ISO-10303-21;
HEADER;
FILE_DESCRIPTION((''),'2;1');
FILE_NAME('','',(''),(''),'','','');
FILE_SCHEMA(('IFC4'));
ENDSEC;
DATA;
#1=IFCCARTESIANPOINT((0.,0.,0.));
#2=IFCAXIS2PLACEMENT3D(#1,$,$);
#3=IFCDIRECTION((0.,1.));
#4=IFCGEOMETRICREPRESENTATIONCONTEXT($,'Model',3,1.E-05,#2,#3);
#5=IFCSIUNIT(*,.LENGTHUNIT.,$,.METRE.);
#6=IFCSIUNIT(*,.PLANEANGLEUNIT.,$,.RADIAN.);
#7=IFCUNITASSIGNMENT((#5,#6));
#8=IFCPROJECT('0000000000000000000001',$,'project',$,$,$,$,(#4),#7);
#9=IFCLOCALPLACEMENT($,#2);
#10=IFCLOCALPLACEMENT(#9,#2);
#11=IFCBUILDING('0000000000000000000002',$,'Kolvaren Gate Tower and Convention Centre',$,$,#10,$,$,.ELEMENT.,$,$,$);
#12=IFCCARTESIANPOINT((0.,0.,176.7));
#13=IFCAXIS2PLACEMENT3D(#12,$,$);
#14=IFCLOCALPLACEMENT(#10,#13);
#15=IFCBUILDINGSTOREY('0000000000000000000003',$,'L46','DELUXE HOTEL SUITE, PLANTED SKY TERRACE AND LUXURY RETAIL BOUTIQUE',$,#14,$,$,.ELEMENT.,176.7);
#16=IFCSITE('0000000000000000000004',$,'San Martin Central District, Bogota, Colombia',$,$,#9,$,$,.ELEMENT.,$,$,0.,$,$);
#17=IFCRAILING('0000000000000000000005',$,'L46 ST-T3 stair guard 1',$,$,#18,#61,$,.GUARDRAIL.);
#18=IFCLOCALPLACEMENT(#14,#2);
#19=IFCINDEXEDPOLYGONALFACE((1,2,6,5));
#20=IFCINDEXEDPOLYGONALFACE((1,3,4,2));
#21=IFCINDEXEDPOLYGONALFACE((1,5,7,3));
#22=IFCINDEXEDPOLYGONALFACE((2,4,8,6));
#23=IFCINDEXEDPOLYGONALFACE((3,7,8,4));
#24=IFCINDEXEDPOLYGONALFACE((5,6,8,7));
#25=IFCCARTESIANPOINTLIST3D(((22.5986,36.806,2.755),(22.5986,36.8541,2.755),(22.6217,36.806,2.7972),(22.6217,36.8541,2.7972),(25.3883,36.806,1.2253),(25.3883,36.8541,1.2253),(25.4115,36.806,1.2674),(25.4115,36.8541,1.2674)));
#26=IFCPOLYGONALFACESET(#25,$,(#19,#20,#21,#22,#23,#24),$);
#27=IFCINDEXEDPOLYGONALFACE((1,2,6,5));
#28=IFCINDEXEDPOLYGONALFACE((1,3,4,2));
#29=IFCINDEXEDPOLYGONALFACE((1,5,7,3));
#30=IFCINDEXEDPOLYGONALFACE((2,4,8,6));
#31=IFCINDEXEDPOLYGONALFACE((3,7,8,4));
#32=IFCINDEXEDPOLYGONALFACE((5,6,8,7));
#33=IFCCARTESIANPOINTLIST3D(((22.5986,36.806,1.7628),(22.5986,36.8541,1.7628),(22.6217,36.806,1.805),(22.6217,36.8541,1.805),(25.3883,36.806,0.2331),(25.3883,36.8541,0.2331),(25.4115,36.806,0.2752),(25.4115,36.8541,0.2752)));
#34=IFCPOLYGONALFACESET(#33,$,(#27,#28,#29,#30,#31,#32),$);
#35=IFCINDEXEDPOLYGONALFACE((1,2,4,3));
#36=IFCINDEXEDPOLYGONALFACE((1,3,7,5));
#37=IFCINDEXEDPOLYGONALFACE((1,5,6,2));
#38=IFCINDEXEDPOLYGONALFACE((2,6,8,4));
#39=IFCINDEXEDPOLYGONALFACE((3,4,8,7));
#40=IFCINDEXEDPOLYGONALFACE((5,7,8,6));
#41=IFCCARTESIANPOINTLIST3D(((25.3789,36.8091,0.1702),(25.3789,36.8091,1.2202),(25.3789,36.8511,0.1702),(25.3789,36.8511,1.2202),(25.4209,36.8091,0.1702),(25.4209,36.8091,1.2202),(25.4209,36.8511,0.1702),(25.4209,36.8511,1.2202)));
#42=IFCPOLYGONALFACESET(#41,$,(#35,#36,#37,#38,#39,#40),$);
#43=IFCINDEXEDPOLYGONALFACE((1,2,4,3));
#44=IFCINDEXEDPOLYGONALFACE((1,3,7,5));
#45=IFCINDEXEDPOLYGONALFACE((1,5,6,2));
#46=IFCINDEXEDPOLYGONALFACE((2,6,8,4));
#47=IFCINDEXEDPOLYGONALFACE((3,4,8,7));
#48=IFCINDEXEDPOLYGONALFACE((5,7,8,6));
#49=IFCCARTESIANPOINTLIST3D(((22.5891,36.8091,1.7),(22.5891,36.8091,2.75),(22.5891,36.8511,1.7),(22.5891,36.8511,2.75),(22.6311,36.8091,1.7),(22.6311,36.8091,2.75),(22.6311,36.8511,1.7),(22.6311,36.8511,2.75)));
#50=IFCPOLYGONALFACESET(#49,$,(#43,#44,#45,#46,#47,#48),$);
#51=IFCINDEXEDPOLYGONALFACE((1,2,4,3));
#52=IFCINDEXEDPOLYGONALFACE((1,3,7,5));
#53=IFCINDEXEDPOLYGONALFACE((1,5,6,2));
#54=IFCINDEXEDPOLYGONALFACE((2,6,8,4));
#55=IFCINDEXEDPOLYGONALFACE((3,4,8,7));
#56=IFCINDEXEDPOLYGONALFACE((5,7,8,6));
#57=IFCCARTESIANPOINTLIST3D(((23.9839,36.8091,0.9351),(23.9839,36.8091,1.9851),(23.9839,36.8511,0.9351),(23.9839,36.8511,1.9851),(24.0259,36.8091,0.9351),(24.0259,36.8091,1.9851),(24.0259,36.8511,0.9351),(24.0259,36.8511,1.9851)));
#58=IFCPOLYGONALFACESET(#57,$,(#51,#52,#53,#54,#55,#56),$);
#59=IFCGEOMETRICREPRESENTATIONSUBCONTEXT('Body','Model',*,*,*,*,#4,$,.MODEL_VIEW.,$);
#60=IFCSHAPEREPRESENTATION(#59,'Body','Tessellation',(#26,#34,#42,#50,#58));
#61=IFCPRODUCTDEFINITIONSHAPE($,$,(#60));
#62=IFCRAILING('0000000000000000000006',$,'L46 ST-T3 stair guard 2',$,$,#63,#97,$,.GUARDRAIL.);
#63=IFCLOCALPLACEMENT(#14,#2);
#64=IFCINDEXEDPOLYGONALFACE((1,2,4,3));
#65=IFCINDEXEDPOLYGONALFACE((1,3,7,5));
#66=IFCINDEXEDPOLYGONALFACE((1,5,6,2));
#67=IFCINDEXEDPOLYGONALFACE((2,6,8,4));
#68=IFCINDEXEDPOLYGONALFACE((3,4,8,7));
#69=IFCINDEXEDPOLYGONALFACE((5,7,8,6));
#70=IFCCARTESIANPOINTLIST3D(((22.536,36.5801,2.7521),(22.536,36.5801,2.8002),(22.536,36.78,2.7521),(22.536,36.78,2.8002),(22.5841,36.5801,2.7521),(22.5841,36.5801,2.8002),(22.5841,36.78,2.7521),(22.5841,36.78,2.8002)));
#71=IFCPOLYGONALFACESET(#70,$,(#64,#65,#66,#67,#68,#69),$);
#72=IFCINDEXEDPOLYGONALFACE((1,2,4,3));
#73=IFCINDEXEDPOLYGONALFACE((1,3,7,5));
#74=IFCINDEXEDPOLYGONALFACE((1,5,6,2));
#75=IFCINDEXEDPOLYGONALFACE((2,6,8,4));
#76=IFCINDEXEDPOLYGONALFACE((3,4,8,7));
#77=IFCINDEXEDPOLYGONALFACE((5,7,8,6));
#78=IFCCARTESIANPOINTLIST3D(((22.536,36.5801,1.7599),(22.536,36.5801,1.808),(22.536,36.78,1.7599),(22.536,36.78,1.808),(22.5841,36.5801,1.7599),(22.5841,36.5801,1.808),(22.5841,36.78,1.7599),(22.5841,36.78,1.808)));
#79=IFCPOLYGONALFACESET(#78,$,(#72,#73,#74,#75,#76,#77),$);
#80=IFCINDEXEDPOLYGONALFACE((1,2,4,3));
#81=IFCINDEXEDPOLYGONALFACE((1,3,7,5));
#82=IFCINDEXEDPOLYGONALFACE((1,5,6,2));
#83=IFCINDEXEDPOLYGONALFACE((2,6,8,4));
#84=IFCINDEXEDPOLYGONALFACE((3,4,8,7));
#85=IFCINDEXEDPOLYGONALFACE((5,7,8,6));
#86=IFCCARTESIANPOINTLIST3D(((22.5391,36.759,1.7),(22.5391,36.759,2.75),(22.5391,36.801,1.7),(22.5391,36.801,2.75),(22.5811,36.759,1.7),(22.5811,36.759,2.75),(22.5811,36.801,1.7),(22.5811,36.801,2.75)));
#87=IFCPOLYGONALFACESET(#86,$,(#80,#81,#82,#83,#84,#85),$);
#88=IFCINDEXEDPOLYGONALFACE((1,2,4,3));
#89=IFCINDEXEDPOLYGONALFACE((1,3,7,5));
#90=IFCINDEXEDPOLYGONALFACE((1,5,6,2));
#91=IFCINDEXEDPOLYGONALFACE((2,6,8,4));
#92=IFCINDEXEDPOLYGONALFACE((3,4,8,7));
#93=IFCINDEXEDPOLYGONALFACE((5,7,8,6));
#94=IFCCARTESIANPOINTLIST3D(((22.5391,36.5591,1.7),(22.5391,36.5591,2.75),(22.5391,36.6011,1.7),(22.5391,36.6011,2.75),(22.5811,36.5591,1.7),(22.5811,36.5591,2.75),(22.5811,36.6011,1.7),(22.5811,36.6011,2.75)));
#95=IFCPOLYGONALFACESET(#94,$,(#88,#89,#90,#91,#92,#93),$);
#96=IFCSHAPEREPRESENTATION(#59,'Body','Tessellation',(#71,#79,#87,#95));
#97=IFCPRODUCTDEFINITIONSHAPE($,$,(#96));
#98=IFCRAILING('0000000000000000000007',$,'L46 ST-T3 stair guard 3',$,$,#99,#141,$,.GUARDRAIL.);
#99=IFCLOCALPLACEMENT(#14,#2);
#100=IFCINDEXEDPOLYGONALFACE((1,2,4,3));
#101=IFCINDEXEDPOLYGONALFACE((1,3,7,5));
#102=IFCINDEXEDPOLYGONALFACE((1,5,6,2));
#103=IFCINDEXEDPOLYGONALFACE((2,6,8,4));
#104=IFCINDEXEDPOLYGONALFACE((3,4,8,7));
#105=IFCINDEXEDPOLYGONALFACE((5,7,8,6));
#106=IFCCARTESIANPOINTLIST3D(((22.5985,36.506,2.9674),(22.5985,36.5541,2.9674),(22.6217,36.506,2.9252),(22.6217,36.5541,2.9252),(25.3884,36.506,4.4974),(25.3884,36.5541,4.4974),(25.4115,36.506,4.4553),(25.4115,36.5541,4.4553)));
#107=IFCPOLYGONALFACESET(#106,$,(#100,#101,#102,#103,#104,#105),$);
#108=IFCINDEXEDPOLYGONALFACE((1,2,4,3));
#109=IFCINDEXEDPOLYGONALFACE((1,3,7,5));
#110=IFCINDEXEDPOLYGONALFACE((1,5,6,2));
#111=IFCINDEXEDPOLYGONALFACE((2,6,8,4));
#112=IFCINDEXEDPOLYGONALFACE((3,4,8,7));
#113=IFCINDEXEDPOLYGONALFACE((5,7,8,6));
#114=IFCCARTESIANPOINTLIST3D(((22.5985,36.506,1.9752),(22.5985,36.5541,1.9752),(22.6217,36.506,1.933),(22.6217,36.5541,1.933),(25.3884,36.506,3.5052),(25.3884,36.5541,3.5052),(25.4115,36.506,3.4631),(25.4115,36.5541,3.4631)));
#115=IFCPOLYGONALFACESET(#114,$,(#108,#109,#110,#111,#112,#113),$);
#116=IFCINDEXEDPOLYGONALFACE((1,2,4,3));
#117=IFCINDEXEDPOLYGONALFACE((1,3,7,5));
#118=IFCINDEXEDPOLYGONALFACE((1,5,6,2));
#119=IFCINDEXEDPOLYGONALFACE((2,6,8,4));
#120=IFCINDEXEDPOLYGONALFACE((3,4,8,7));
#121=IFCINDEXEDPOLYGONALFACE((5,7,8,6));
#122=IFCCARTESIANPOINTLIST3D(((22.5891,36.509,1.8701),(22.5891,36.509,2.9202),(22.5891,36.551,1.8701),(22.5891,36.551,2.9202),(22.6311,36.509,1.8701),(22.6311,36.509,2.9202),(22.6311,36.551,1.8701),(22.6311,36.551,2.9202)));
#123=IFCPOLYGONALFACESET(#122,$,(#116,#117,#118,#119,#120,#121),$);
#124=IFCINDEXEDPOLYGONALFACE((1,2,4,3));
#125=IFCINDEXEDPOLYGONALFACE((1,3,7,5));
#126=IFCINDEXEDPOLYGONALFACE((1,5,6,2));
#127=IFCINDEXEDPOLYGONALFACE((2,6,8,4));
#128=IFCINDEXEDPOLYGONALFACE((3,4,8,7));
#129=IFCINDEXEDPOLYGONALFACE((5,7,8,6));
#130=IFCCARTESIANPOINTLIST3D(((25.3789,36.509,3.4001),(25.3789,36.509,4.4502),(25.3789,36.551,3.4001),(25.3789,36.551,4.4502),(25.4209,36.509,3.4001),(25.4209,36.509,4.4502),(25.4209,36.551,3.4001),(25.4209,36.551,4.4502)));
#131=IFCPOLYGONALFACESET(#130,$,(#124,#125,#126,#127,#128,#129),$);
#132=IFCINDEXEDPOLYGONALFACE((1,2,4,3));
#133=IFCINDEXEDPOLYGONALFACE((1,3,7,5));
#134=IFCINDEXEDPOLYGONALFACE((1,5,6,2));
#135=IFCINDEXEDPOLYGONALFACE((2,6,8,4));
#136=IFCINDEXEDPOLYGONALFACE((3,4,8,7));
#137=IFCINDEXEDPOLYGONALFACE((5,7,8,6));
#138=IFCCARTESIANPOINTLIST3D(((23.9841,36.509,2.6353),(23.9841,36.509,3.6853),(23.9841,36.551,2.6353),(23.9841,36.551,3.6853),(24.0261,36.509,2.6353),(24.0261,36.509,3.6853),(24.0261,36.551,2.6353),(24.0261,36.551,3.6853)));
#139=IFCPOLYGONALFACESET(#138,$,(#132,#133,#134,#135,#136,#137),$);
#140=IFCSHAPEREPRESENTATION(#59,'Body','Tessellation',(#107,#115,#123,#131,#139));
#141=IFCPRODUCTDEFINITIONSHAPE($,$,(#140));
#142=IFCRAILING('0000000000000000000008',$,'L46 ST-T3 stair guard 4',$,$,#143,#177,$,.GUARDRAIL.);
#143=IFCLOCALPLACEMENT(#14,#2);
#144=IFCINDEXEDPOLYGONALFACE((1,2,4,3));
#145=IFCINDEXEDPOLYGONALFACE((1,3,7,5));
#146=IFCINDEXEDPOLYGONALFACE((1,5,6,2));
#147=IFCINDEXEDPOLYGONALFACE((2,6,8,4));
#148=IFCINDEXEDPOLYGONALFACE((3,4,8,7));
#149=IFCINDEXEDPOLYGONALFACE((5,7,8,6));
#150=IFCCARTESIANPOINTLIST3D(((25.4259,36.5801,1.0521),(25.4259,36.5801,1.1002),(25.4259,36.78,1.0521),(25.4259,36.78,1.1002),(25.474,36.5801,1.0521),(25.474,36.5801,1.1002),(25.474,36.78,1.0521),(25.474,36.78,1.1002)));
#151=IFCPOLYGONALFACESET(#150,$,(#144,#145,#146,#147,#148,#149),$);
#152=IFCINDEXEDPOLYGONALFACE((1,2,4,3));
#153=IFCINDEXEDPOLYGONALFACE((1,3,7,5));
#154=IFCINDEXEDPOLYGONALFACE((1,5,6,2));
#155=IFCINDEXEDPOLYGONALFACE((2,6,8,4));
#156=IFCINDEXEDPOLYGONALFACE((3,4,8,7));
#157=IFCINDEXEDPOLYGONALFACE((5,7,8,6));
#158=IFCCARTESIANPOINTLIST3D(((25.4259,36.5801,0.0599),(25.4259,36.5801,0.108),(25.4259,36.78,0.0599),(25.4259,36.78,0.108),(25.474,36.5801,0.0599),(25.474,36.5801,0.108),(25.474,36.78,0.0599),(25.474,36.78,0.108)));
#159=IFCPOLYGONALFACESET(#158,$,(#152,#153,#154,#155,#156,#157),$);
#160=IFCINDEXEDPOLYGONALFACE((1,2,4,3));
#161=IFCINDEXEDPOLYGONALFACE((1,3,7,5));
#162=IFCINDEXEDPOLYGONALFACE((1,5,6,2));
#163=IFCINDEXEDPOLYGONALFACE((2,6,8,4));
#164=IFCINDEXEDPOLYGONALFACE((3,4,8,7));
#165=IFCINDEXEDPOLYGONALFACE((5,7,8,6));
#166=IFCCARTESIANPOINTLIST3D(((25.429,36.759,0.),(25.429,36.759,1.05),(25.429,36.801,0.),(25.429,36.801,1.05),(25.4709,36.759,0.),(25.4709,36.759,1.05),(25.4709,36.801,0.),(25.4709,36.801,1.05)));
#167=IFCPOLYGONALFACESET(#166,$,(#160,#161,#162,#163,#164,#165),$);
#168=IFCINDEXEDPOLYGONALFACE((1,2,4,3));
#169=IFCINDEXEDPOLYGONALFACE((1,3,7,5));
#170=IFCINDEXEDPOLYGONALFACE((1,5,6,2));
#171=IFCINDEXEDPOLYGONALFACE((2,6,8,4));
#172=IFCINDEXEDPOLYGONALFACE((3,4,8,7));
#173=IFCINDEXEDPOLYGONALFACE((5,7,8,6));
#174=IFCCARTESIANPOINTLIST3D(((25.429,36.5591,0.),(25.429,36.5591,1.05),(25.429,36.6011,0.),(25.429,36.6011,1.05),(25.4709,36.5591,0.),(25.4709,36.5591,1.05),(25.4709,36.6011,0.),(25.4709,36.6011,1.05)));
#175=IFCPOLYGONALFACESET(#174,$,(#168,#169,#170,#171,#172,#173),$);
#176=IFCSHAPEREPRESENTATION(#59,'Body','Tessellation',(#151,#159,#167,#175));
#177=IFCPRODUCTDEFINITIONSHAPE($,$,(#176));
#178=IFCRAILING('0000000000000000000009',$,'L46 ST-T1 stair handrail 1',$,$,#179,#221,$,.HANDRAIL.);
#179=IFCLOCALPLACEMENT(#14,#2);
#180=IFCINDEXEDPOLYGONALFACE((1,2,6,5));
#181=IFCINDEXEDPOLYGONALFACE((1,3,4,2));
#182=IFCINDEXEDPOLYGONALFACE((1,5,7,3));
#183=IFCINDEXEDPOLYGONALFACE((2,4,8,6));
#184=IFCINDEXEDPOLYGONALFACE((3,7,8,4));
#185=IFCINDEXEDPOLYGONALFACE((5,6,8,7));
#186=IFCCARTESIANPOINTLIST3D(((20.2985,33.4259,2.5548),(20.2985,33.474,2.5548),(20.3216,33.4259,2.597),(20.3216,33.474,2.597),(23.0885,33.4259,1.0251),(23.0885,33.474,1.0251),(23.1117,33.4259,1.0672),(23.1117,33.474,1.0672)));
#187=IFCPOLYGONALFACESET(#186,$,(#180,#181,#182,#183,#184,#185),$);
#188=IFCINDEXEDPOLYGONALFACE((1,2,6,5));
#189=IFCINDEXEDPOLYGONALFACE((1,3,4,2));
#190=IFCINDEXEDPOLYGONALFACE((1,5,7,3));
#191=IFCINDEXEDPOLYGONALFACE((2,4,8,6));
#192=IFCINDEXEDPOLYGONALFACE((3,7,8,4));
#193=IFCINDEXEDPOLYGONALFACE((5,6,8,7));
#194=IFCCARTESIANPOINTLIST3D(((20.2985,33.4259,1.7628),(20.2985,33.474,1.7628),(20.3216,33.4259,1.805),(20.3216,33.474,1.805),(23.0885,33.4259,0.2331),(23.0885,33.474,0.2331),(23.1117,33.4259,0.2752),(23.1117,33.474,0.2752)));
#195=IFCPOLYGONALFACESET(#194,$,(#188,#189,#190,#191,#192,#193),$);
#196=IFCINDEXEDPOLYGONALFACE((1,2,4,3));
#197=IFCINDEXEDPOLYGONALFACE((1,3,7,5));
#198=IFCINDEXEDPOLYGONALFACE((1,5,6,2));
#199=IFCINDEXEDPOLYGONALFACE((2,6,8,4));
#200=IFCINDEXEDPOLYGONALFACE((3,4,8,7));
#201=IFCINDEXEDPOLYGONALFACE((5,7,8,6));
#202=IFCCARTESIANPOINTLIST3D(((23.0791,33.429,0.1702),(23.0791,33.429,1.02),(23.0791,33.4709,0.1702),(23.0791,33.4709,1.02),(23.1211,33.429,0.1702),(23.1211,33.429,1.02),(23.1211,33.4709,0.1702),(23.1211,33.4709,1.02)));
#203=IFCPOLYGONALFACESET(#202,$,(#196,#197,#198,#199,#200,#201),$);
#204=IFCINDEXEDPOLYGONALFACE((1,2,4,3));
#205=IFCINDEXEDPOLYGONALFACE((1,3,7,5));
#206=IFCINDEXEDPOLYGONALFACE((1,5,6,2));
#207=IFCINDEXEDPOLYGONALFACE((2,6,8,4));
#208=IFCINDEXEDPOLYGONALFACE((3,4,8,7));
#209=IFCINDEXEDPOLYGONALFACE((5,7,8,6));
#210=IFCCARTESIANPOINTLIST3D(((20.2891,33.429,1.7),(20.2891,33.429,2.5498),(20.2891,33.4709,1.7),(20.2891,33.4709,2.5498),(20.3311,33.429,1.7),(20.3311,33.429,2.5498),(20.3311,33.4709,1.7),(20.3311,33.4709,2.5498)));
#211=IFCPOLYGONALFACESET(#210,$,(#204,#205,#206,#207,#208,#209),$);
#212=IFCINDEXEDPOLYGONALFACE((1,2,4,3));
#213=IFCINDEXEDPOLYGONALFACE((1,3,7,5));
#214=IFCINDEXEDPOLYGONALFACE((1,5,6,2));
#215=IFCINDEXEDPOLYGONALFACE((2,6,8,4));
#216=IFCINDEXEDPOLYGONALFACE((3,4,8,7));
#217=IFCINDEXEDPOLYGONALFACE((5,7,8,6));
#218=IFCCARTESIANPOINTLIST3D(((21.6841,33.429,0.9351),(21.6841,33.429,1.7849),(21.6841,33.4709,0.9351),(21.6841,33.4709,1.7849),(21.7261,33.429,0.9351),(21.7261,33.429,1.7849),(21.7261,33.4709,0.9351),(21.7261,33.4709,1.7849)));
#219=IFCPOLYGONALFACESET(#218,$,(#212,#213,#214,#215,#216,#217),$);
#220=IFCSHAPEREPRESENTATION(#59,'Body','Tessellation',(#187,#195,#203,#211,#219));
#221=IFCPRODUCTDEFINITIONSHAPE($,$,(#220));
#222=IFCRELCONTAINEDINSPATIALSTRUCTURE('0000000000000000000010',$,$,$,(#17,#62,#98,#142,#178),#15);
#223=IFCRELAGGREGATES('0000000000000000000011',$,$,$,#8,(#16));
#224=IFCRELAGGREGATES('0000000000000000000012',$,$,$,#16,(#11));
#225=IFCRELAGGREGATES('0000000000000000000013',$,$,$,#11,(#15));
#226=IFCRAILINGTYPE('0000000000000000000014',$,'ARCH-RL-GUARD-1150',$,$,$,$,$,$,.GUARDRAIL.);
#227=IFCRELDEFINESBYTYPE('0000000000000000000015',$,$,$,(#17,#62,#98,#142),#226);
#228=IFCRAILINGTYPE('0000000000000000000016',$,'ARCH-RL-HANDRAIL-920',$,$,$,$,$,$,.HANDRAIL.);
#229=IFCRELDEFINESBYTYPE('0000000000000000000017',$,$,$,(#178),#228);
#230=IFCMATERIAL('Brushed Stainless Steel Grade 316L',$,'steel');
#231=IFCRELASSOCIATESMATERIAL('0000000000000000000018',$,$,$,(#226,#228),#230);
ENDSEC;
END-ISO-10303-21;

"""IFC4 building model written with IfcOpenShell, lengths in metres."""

from ifc_helpers import new_model, si_unit, direction, frame, origin, origin_2d, place, context, subcontext, project, spatial, rectangle, extrude, material, type_object, element, save


model = new_model("IFC4")

# Units and contexts
model_context = context("Model", 3, precision=1e-05, world=origin(), true_north=direction((0.0, 1.0)))
body_context = subcontext(model_context, "Body", "Model", "MODEL_VIEW")
ifc_project = project(units=[si_unit("LENGTHUNIT", "METRE"), si_unit("PLANEANGLEUNIT", "RADIAN")], contexts=[model_context])

# Site, building, storey
site_placement = place(None, origin())
site = spatial("IfcSite", under=ifc_project, at=site_placement, Name="San Martin Central District, Bogota, Colombia", CompositionType="ELEMENT", RefElevation=0.0)
building_placement = place(site_placement, origin())
building = spatial("IfcBuilding", under=site, at=building_placement, Name="Kolvaren Gate Tower and Convention Centre", CompositionType="ELEMENT")
storey_placement = place(building_placement, frame((0.0, 0.0, 176.7)))
storey = spatial("IfcBuildingStorey", under=building, at=storey_placement, Name="L46", Description="DELUXE HOTEL SUITE, PLANTED SKY TERRACE AND LUXURY RETAIL BOUTIQUE", CompositionType="ELEMENT", Elevation=176.7)

# Railings
ifc_material_1 = material(Name="Brushed Stainless Steel Grade 316L", Category="steel")
railing_type_1 = type_object("IfcRailingType", Name="ARCH-RL-GUARD-1150", PredefinedType="GUARDRAIL", material=ifc_material_1)
railing_1_placement = place(storey_placement, frame((25.3999, 36.8301, 0.1702)))
element("IfcRailing", 1, at=railing_1_placement, inside=storey, type_object=railing_type_1, Name="L46 ST-T3 stair guard 1", PredefinedType="GUARDRAIL", context=body_context, shape_type="SweptSolid", body=[
    extrude(rectangle(XDim=0.0481, YDim=0.0481, at=origin_2d()), frame((0.0, 0.0, 1.0762), z_axis=(-0.876826, 0.0, 0.480808), x_axis=(0.0, -1.0, 0.0)), (0.0, 0.0, 1.0), 3.1816),
    extrude(rectangle(XDim=0.0481, YDim=0.0481, at=origin_2d()), frame((0.0, 0.0, 0.084), z_axis=(-0.876826, 0.0, 0.480808), x_axis=(0.0, -1.0, 0.0)), (0.0, 0.0, 1.0), 3.1816),
    extrude(rectangle(XDim=0.042, YDim=0.042, at=origin_2d()), origin(), (0.0, 0.0, 1.0), 1.05),
    extrude(rectangle(XDim=0.042, YDim=0.042, at=origin_2d()), frame((-2.7898, 0.0, 1.5298)), (0.0, 0.0, 1.0), 1.05),
    extrude(rectangle(XDim=0.042, YDim=0.042, at=origin_2d()), frame((-1.395, 0.0, 0.7649)), (0.0, 0.0, 1.0), 1.05),
])
railing_2_placement = place(storey_placement, frame((22.5601, 36.78, 1.7)))
element("IfcRailing", 2, at=railing_2_placement, inside=storey, type_object=railing_type_1, Name="L46 ST-T3 stair guard 2", PredefinedType="GUARDRAIL", context=body_context, shape_type="SweptSolid", body=[
    extrude(rectangle(XDim=0.0481, YDim=0.0481, at=origin_2d()), frame((0.0, 0.0, 1.0762), z_axis=(0.0, -1.0, 0.0), x_axis=(1.0, 0.0, 0.0)), (0.0, 0.0, 1.0), 0.2),
    extrude(rectangle(XDim=0.0481, YDim=0.0481, at=origin_2d()), frame((0.0, 0.0, 0.084), z_axis=(0.0, -1.0, 0.0), x_axis=(1.0, 0.0, 0.0)), (0.0, 0.0, 1.0), 0.2),
    extrude(rectangle(XDim=0.042, YDim=0.042, at=origin_2d()), origin(), (0.0, 0.0, 1.0), 1.05),
    extrude(rectangle(XDim=0.042, YDim=0.042, at=origin_2d()), frame((0.0, -0.2, 0.0)), (0.0, 0.0, 1.0), 1.05),
])
railing_3_placement = place(storey_placement, frame((22.6101, 36.53, 1.8701)))
element("IfcRailing", 3, at=railing_3_placement, inside=storey, type_object=railing_type_1, Name="L46 ST-T3 stair guard 3", PredefinedType="GUARDRAIL", context=body_context, shape_type="SweptSolid", body=[
    extrude(rectangle(XDim=0.0481, YDim=0.0481, at=origin_2d()), frame((0.0, 0.0, 1.0762), z_axis=(0.876794, 0.0, 0.480867), x_axis=(0.0, 1.0, 0.0)), (0.0, 0.0, 1.0), 3.1819),
    extrude(rectangle(XDim=0.0481, YDim=0.0481, at=origin_2d()), frame((0.0, 0.0, 0.084), z_axis=(0.876794, 0.0, 0.480867), x_axis=(0.0, 1.0, 0.0)), (0.0, 0.0, 1.0), 3.1819),
    extrude(rectangle(XDim=0.042, YDim=0.042, at=origin_2d()), origin(), (0.0, 0.0, 1.0), 1.05),
    extrude(rectangle(XDim=0.042, YDim=0.042, at=origin_2d()), frame((2.7898, 0.0, 1.53)), (0.0, 0.0, 1.0), 1.05),
    extrude(rectangle(XDim=0.042, YDim=0.042, at=origin_2d()), frame((1.395, 0.0, 0.7651)), (0.0, 0.0, 1.0), 1.05),
])
railing_4_placement = place(storey_placement, frame((25.45, 36.78, 0.0)))
element("IfcRailing", 4, at=railing_4_placement, inside=storey, type_object=railing_type_1, Name="L46 ST-T3 stair guard 4", PredefinedType="GUARDRAIL", context=body_context, shape_type="SweptSolid", body=[
    extrude(rectangle(XDim=0.0481, YDim=0.0481, at=origin_2d()), frame((0.0, 0.0, 1.0762), z_axis=(0.0, -1.0, 0.0), x_axis=(1.0, 0.0, 0.0)), (0.0, 0.0, 1.0), 0.2),
    extrude(rectangle(XDim=0.0481, YDim=0.0481, at=origin_2d()), frame((0.0, 0.0, 0.084), z_axis=(0.0, -1.0, 0.0), x_axis=(1.0, 0.0, 0.0)), (0.0, 0.0, 1.0), 0.2),
    extrude(rectangle(XDim=0.042, YDim=0.042, at=origin_2d()), origin(), (0.0, 0.0, 1.0), 1.05),
    extrude(rectangle(XDim=0.042, YDim=0.042, at=origin_2d()), frame((0.0, -0.2, 0.0)), (0.0, 0.0, 1.0), 1.05),
])
railing_type_2 = type_object("IfcRailingType", Name="ARCH-RL-HANDRAIL-920", PredefinedType="HANDRAIL", material=ifc_material_1)
railing_5_placement = place(storey_placement, frame((23.1001, 33.45, 0.1702)))
element("IfcRailing", 5, at=railing_5_placement, inside=storey, type_object=railing_type_2, Name="L46 ST-T1 stair handrail 1", PredefinedType="HANDRAIL", context=body_context, shape_type="SweptSolid", body=[
    extrude(rectangle(XDim=0.0481, YDim=0.0481, at=origin_2d()), frame((0.0, 0.0, 0.876), z_axis=(-0.876844, 0.0, 0.480776), x_axis=(0.0, -1.0, 0.0)), (0.0, 0.0, 1.0), 3.1819),
    extrude(rectangle(XDim=0.0481, YDim=0.0481, at=origin_2d()), frame((0.0, 0.0, 0.084), z_axis=(-0.876844, 0.0, 0.480776), x_axis=(0.0, -1.0, 0.0)), (0.0, 0.0, 1.0), 3.1819),
    extrude(rectangle(XDim=0.042, YDim=0.042, at=origin_2d()), origin(), (0.0, 0.0, 1.0), 0.8499),
    extrude(rectangle(XDim=0.042, YDim=0.042, at=origin_2d()), frame((-2.79, 0.0, 1.5298)), (0.0, 0.0, 1.0), 0.8499),
    extrude(rectangle(XDim=0.042, YDim=0.042, at=origin_2d()), frame((-1.395, 0.0, 0.7649)), (0.0, 0.0, 1.0), 0.8499),
])

save(model, "model.ifc")
